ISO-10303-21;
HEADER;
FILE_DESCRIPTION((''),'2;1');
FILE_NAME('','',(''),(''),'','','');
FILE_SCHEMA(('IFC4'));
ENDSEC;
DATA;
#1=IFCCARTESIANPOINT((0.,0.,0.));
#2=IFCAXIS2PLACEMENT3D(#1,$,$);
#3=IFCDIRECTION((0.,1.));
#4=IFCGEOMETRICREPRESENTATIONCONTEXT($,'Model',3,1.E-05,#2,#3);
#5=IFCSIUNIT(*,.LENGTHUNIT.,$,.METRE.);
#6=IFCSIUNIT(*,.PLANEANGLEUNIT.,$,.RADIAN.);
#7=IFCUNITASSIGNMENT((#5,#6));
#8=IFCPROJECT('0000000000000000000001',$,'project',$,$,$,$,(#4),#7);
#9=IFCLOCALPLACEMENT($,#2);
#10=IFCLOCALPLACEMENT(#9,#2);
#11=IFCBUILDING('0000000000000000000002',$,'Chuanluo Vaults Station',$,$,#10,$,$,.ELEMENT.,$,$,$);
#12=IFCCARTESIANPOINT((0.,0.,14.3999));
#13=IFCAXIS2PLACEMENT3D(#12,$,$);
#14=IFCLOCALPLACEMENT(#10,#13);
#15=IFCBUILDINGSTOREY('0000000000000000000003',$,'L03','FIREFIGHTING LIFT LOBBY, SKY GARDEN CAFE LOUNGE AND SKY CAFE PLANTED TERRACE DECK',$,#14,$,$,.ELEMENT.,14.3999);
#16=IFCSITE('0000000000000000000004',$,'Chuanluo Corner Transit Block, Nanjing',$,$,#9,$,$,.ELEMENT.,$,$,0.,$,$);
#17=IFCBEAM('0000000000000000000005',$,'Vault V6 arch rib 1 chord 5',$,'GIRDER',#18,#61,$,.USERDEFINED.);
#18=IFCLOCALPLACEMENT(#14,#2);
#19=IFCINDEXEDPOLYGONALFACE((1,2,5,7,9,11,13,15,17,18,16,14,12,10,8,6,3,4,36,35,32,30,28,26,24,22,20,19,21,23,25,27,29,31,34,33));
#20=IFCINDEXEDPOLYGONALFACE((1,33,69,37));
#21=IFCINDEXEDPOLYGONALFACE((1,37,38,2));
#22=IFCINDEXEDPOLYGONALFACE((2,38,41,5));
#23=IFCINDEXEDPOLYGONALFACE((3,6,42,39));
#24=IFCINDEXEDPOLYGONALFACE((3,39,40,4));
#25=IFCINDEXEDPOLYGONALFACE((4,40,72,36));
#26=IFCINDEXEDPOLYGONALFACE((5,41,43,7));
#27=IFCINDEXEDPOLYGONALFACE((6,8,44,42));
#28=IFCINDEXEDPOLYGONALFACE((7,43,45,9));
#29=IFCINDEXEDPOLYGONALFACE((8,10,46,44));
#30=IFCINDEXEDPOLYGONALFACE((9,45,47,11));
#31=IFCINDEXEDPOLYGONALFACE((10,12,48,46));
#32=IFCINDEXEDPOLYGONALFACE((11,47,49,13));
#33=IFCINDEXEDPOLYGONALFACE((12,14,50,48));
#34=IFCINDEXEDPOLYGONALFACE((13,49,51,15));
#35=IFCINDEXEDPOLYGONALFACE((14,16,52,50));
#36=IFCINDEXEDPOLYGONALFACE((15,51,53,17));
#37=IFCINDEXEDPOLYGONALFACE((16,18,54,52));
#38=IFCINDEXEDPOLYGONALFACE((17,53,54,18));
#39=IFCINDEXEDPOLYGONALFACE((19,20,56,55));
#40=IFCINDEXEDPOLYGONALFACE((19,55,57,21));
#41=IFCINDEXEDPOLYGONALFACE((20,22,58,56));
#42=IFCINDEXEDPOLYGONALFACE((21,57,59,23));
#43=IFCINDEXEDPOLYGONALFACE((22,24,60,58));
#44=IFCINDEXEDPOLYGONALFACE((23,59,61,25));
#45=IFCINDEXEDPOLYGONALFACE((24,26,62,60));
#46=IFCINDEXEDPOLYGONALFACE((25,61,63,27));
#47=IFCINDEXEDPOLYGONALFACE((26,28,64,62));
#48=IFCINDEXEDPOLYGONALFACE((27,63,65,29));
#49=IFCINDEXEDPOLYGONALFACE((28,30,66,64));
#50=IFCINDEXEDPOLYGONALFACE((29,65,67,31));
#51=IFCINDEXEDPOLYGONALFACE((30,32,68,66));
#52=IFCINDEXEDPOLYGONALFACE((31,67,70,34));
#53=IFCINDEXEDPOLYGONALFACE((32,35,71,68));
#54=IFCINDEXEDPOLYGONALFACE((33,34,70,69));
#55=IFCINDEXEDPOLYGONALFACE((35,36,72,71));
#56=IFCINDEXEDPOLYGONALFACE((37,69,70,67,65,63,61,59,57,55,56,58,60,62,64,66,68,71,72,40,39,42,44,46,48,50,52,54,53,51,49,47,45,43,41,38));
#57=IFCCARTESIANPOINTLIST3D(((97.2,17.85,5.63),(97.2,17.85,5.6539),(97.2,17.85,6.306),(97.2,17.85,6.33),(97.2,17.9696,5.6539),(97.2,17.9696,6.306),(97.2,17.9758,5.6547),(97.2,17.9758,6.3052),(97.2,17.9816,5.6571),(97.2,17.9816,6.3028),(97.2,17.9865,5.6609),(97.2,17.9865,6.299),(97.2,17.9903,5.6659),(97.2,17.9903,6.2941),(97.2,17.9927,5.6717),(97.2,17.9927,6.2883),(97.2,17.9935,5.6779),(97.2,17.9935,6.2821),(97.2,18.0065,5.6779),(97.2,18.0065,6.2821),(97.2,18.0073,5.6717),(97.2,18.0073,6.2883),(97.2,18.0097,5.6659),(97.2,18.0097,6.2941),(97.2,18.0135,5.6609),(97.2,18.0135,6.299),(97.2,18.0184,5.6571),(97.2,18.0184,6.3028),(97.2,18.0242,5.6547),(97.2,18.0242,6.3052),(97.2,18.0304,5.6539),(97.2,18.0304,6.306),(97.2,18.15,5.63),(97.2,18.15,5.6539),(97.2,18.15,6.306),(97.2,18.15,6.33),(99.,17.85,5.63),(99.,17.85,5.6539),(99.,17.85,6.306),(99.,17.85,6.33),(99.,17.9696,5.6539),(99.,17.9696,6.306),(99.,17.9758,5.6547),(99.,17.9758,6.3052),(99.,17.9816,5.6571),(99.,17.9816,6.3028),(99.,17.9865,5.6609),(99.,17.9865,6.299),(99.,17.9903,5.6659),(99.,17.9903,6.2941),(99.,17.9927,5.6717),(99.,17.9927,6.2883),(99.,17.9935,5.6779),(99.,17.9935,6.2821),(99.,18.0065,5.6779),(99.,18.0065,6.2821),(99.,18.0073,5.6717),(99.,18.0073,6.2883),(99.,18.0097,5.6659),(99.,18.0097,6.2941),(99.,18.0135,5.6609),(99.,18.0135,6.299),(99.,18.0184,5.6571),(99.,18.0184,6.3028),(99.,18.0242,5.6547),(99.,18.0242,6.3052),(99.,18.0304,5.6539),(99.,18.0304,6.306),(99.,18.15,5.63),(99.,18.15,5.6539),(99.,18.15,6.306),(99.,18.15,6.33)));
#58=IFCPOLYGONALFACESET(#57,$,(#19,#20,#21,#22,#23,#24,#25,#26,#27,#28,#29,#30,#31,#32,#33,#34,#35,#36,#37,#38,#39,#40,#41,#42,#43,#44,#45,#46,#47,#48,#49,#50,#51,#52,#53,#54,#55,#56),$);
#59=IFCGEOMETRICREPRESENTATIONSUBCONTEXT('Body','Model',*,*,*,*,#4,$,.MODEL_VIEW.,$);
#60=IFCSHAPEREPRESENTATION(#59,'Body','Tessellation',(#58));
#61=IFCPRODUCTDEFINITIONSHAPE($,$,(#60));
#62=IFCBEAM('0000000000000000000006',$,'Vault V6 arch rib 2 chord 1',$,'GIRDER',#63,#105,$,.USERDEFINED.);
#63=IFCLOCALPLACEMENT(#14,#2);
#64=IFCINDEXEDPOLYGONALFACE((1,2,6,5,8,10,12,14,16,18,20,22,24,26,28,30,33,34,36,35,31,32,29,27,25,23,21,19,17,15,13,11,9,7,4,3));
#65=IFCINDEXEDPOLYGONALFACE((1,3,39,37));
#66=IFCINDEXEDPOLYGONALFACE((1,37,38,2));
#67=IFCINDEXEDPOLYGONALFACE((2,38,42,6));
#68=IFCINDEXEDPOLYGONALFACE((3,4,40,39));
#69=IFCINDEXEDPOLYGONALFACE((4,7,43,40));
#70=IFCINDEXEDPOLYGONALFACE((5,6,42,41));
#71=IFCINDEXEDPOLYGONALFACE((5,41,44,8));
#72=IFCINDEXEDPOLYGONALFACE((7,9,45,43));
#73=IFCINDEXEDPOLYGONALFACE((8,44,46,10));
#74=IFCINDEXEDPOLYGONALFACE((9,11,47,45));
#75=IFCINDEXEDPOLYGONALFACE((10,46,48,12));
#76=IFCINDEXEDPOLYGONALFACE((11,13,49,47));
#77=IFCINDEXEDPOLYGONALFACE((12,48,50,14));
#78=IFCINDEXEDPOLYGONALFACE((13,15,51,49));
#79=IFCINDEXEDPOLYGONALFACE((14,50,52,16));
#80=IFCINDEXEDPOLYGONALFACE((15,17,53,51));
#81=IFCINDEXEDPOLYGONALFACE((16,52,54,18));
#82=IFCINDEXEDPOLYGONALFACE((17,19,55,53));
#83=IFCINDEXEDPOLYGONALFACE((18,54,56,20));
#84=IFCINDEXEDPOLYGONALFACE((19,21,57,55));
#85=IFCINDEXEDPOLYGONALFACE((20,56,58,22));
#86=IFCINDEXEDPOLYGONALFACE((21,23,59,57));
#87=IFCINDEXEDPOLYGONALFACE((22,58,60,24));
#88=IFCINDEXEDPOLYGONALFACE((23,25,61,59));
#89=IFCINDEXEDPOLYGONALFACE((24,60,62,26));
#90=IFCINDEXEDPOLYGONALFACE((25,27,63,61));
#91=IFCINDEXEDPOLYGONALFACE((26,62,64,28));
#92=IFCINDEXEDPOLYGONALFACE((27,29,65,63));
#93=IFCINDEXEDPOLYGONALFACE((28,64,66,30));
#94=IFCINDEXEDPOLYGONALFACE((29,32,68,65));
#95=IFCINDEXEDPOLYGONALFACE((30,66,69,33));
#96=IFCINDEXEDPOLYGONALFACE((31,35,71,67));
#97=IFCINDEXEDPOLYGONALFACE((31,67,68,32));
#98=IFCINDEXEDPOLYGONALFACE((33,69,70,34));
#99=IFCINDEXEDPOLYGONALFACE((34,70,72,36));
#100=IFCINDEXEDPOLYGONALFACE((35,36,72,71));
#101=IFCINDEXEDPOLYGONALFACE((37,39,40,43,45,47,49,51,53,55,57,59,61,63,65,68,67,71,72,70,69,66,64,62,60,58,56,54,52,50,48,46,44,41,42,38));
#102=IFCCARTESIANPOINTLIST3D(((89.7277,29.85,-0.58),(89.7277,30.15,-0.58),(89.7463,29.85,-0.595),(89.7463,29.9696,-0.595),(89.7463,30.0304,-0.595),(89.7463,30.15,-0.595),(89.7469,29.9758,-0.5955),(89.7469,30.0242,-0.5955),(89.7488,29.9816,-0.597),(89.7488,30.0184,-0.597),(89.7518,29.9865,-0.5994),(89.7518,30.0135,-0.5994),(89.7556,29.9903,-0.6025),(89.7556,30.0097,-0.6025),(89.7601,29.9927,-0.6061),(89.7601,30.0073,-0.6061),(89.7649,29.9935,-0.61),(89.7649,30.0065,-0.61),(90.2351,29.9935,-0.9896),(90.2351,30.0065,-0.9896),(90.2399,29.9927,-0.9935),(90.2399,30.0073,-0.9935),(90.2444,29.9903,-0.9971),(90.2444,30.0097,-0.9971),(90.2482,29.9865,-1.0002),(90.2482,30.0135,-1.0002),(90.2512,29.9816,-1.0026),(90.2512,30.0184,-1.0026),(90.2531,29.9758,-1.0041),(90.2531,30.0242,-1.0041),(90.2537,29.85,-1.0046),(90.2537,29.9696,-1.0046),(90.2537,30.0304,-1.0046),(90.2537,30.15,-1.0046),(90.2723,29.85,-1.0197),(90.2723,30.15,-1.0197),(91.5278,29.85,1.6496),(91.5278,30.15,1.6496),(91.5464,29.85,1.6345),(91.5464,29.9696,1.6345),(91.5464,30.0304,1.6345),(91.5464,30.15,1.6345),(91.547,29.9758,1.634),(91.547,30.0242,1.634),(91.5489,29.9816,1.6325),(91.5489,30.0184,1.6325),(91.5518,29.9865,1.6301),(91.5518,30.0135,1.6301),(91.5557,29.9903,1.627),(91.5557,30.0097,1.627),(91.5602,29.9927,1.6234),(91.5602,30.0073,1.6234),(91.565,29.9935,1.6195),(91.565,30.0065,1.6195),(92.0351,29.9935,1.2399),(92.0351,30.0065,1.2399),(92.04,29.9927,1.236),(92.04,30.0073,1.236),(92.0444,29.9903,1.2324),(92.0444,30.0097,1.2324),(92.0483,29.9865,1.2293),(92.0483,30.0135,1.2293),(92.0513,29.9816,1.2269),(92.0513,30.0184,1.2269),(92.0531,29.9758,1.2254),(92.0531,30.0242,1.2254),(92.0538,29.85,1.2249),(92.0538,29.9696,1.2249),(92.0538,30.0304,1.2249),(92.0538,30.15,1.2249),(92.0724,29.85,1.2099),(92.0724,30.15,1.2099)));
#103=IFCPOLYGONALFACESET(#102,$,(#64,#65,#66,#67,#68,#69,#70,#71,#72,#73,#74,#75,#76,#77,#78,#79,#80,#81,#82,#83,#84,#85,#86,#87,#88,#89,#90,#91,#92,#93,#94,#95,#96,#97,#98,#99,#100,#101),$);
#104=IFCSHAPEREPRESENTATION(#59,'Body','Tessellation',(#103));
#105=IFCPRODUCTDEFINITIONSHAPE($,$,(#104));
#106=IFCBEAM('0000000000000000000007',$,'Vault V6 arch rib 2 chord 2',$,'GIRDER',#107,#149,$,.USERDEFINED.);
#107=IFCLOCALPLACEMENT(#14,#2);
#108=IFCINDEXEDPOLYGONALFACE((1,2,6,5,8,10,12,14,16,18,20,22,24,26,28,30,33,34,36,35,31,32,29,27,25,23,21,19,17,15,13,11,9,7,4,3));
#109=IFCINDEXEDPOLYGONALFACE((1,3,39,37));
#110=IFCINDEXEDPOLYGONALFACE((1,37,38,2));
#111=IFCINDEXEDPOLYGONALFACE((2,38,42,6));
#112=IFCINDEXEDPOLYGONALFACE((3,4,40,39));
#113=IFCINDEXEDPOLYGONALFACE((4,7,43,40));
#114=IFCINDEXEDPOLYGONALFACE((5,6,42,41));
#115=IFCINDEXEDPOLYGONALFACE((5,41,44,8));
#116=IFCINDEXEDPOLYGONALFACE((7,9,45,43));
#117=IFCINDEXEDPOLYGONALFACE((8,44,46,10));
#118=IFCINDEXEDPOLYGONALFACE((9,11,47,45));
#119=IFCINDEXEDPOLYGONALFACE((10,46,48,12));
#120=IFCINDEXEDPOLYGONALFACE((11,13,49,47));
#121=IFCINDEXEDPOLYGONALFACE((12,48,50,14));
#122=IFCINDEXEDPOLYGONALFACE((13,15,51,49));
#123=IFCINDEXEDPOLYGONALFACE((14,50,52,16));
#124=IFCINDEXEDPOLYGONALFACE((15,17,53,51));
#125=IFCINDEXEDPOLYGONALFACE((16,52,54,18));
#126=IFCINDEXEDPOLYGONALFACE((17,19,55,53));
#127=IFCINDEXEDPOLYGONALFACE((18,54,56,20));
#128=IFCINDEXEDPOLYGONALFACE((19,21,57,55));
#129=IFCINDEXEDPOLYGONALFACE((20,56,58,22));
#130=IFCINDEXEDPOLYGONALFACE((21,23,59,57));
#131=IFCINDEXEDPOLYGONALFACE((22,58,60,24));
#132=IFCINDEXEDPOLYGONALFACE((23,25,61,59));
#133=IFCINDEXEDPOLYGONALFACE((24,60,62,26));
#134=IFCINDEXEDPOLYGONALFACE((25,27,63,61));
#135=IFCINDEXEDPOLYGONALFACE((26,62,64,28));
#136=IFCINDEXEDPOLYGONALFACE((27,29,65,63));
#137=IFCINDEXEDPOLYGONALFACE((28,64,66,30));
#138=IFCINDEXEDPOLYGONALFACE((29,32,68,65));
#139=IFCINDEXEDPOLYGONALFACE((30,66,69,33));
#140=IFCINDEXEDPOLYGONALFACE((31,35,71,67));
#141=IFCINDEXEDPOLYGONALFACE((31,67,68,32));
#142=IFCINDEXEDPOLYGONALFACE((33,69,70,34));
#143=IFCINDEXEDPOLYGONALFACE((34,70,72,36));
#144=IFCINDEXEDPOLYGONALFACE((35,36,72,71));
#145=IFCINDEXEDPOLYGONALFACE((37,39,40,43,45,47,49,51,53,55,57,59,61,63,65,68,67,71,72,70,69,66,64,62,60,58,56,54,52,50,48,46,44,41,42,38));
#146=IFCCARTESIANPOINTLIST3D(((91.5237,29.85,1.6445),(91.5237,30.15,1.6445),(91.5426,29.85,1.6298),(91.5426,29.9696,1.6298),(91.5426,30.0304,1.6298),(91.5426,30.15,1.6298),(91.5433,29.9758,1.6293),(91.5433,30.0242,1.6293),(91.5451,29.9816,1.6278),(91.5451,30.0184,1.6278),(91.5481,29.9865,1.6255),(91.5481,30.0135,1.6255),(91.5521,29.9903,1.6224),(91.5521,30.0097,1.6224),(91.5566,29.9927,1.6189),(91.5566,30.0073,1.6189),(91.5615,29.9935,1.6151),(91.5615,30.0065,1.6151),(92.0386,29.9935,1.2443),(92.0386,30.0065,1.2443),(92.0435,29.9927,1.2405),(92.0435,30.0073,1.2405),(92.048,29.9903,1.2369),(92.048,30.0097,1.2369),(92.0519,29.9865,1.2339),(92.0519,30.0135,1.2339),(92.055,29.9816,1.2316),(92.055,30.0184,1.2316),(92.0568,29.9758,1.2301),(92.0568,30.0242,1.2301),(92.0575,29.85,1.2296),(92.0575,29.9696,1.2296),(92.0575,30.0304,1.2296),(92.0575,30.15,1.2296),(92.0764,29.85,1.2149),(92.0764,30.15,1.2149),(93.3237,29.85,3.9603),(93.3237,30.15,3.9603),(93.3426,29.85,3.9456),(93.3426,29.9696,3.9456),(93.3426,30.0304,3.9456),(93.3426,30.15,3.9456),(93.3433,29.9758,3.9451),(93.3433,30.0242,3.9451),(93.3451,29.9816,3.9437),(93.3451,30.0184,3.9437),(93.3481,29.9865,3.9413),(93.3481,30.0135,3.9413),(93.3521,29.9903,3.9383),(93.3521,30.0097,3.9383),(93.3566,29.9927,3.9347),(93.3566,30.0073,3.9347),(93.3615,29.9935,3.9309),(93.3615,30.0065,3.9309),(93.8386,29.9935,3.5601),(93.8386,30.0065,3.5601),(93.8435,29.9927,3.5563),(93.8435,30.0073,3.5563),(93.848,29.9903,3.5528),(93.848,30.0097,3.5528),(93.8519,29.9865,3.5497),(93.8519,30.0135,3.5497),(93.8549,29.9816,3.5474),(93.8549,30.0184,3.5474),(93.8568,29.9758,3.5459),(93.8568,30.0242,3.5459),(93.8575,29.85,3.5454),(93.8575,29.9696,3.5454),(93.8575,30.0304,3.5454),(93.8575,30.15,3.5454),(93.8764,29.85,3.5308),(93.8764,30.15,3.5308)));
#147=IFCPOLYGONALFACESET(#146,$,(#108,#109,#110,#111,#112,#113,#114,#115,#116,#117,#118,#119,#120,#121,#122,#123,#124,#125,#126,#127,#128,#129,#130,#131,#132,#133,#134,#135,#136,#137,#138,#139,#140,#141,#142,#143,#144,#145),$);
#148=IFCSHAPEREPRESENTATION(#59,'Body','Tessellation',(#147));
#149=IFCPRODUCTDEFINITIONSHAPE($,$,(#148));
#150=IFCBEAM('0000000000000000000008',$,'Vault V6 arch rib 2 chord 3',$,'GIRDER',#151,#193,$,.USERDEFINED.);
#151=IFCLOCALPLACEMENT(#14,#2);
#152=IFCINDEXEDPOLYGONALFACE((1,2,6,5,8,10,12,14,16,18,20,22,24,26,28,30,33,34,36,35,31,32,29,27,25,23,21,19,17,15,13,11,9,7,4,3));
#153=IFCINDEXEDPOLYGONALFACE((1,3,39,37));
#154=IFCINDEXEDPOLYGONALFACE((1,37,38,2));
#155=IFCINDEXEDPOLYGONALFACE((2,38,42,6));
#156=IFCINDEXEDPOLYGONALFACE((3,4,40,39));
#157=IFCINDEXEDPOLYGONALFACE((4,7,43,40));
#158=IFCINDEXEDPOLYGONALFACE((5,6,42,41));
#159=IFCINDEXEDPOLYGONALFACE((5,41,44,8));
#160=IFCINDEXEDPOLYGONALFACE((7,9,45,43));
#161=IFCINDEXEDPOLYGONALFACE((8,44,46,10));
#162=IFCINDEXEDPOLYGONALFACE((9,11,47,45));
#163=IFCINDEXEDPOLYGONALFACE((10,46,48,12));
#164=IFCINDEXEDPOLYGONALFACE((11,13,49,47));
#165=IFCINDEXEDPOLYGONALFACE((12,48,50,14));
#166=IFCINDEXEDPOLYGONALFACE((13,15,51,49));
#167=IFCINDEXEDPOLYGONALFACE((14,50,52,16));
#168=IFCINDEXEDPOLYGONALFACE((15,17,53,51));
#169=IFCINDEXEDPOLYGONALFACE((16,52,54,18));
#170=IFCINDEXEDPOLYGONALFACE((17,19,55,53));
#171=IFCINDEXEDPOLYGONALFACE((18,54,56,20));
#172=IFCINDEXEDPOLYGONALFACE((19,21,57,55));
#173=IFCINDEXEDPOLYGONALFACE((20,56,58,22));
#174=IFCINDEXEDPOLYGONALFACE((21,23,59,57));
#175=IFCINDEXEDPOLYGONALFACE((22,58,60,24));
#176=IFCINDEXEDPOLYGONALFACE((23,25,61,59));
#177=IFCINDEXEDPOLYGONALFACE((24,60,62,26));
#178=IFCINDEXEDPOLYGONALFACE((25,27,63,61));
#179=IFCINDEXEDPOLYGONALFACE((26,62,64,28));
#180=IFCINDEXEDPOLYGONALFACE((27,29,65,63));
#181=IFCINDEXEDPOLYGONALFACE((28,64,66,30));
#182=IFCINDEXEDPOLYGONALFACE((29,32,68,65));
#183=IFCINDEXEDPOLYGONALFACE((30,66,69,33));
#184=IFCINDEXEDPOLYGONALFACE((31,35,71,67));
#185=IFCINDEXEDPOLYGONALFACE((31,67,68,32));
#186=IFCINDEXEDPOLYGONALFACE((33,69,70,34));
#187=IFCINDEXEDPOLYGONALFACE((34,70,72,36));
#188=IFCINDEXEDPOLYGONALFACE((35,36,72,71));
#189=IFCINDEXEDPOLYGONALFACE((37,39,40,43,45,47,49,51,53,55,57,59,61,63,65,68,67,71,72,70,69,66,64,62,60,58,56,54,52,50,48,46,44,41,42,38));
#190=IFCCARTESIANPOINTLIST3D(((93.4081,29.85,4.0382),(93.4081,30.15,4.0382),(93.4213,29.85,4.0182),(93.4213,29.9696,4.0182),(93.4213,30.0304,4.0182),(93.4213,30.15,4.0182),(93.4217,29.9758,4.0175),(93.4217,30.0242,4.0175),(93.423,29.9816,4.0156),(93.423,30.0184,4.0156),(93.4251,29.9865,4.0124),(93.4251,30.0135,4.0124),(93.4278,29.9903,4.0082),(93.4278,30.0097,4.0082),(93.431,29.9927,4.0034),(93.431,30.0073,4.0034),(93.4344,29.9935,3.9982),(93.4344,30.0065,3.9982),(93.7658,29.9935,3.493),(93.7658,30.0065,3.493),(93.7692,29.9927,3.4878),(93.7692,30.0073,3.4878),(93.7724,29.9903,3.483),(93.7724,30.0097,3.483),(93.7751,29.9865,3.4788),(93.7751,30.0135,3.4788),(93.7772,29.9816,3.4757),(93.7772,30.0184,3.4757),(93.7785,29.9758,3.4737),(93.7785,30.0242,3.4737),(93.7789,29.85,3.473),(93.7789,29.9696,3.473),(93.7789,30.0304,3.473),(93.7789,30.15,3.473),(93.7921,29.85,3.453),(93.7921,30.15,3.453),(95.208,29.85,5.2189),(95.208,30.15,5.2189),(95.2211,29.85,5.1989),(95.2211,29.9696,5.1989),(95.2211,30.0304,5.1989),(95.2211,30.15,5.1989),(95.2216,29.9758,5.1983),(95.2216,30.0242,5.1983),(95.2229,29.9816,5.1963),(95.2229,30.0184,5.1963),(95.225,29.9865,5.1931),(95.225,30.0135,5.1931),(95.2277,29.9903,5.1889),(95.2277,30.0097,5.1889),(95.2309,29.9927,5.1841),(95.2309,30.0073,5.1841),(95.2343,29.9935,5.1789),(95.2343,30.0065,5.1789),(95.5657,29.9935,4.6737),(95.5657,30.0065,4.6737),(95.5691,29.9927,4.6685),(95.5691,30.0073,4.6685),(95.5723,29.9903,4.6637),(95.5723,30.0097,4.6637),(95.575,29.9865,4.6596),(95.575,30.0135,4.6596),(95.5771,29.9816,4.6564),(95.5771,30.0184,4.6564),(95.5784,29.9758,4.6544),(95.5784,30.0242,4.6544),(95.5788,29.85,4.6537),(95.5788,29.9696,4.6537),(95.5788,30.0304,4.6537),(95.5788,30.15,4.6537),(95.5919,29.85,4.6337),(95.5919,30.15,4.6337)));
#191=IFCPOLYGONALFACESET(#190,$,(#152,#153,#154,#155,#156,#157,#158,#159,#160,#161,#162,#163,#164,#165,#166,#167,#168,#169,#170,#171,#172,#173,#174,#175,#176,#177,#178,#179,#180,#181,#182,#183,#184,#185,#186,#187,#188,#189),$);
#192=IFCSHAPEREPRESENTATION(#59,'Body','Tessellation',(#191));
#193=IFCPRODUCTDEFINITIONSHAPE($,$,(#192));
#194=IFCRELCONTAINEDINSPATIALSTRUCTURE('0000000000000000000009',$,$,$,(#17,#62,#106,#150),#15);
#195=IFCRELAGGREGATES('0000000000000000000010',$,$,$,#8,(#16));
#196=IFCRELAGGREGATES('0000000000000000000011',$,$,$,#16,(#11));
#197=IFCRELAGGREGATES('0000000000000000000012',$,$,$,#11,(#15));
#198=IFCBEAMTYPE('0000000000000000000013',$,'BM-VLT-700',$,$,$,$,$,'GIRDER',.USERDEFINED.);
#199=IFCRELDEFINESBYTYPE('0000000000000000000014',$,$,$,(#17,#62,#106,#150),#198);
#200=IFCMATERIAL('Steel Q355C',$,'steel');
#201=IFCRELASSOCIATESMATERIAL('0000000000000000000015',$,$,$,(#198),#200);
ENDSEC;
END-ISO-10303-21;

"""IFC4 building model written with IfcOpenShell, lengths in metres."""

from ifc_helpers import new_model, si_unit, direction, frame, origin, origin_2d, place, context, subcontext, project, spatial, i_section, extrude, material, material_profile, profile_set, type_object, element, save


model = new_model("IFC4")

# Units and contexts
model_context = context("Model", 3, precision=1e-05, world=origin(), true_north=direction((0.0, 1.0)))
body_context = subcontext(model_context, "Body", "Model", "MODEL_VIEW")
ifc_project = project(units=[si_unit("LENGTHUNIT", "METRE"), si_unit("PLANEANGLEUNIT", "RADIAN")], contexts=[model_context])

# Site, building, storey
site_placement = place(None, origin())
site = spatial("IfcSite", under=ifc_project, at=site_placement, Name="Chuanluo Corner Transit Block, Nanjing", CompositionType="ELEMENT", RefElevation=0.0)
building_placement = place(site_placement, origin())
building = spatial("IfcBuilding", under=site, at=building_placement, Name="Chuanluo Vaults Station", CompositionType="ELEMENT")
storey_placement = place(building_placement, frame((0.0, 0.0, 14.3999)))
storey = spatial("IfcBuildingStorey", under=building, at=storey_placement, Name="L03", Description="FIREFIGHTING LIFT LOBBY, SKY GARDEN CAFE LOUNGE AND SKY CAFE PLANTED TERRACE DECK", CompositionType="ELEMENT", Elevation=14.3999)

# Beams
ifc_material_1 = material(Name="Steel Q355C", Category="steel")
ifc_material_profile_1 = material_profile(ifc_material_1, i_section(OverallWidth=0.3, OverallDepth=0.7, WebThickness=0.0129, FlangeThickness=0.0239, FilletRadius=0.0239, at=origin_2d()))
ifc_profile_set_1 = profile_set([ifc_material_profile_1], Name="Steel Q355C")
beam_type_1 = type_object("IfcBeamType", Name="BM-VLT-700", ElementType="GIRDER", PredefinedType="USERDEFINED", material=ifc_profile_set_1)
beam_1_placement = place(storey_placement, frame((97.2, 18.0, 5.98), z_axis=(1.0, 0.0, 0.0), x_axis=(0.0, 1.0, 0.0)))
element("IfcBeam", 1, at=beam_1_placement, inside=storey, type_object=beam_type_1, Name="Vault V6 arch rib 1 chord 5", ObjectType="GIRDER", PredefinedType="USERDEFINED", context=body_context, shape_type="SweptSolid", body=[
    extrude(i_section(OverallWidth=0.3, OverallDepth=0.7, WebThickness=0.0129, FlangeThickness=0.0239, FilletRadius=0.0239, at=origin_2d()), origin(), (0.0, 0.0, 1.0), 1.8),
])
beam_2_placement = place(storey_placement, frame((90.0, 30.0, -0.7998), z_axis=(0.62819, 0.0, 0.77806), x_axis=(0.0, 1.0, 0.0)))
element("IfcBeam", 2, at=beam_2_placement, inside=storey, type_object=beam_type_1, Name="Vault V6 arch rib 2 chord 1", ObjectType="GIRDER", PredefinedType="USERDEFINED", context=body_context, shape_type="SweptSolid", body=[
    extrude(i_section(OverallWidth=0.3, OverallDepth=0.7, WebThickness=0.0129, FlangeThickness=0.0239, FilletRadius=0.0239, at=origin_2d()), origin(), (0.0, 0.0, 1.0), 2.8655),
])
beam_3_placement = place(storey_placement, frame((91.8, 30.0, 1.4297), z_axis=(0.613681, 0.0, 0.789554), x_axis=(0.0, 1.0, 0.0)))
element("IfcBeam", 3, at=beam_3_placement, inside=storey, type_object=beam_type_1, Name="Vault V6 arch rib 2 chord 2", ObjectType="GIRDER", PredefinedType="USERDEFINED", context=body_context, shape_type="SweptSolid", body=[
    extrude(i_section(OverallWidth=0.3, OverallDepth=0.7, WebThickness=0.0129, FlangeThickness=0.0239, FilletRadius=0.0239, at=origin_2d()), origin(), (0.0, 0.0, 1.0), 2.9331),
])
beam_4_placement = place(storey_placement, frame((93.6001, 30.0, 3.7456), z_axis=(0.836145, 0.0, 0.548508), x_axis=(0.0, 1.0, 0.0)))
element("IfcBeam", 4, at=beam_4_placement, inside=storey, type_object=beam_type_1, Name="Vault V6 arch rib 2 chord 3", ObjectType="GIRDER", PredefinedType="USERDEFINED", context=body_context, shape_type="SweptSolid", body=[
    extrude(i_section(OverallWidth=0.3, OverallDepth=0.7, WebThickness=0.0129, FlangeThickness=0.0239, FilletRadius=0.0239, at=origin_2d()), origin(), (0.0, 0.0, 1.0), 2.1526),
])

save(model, "model.ifc")
